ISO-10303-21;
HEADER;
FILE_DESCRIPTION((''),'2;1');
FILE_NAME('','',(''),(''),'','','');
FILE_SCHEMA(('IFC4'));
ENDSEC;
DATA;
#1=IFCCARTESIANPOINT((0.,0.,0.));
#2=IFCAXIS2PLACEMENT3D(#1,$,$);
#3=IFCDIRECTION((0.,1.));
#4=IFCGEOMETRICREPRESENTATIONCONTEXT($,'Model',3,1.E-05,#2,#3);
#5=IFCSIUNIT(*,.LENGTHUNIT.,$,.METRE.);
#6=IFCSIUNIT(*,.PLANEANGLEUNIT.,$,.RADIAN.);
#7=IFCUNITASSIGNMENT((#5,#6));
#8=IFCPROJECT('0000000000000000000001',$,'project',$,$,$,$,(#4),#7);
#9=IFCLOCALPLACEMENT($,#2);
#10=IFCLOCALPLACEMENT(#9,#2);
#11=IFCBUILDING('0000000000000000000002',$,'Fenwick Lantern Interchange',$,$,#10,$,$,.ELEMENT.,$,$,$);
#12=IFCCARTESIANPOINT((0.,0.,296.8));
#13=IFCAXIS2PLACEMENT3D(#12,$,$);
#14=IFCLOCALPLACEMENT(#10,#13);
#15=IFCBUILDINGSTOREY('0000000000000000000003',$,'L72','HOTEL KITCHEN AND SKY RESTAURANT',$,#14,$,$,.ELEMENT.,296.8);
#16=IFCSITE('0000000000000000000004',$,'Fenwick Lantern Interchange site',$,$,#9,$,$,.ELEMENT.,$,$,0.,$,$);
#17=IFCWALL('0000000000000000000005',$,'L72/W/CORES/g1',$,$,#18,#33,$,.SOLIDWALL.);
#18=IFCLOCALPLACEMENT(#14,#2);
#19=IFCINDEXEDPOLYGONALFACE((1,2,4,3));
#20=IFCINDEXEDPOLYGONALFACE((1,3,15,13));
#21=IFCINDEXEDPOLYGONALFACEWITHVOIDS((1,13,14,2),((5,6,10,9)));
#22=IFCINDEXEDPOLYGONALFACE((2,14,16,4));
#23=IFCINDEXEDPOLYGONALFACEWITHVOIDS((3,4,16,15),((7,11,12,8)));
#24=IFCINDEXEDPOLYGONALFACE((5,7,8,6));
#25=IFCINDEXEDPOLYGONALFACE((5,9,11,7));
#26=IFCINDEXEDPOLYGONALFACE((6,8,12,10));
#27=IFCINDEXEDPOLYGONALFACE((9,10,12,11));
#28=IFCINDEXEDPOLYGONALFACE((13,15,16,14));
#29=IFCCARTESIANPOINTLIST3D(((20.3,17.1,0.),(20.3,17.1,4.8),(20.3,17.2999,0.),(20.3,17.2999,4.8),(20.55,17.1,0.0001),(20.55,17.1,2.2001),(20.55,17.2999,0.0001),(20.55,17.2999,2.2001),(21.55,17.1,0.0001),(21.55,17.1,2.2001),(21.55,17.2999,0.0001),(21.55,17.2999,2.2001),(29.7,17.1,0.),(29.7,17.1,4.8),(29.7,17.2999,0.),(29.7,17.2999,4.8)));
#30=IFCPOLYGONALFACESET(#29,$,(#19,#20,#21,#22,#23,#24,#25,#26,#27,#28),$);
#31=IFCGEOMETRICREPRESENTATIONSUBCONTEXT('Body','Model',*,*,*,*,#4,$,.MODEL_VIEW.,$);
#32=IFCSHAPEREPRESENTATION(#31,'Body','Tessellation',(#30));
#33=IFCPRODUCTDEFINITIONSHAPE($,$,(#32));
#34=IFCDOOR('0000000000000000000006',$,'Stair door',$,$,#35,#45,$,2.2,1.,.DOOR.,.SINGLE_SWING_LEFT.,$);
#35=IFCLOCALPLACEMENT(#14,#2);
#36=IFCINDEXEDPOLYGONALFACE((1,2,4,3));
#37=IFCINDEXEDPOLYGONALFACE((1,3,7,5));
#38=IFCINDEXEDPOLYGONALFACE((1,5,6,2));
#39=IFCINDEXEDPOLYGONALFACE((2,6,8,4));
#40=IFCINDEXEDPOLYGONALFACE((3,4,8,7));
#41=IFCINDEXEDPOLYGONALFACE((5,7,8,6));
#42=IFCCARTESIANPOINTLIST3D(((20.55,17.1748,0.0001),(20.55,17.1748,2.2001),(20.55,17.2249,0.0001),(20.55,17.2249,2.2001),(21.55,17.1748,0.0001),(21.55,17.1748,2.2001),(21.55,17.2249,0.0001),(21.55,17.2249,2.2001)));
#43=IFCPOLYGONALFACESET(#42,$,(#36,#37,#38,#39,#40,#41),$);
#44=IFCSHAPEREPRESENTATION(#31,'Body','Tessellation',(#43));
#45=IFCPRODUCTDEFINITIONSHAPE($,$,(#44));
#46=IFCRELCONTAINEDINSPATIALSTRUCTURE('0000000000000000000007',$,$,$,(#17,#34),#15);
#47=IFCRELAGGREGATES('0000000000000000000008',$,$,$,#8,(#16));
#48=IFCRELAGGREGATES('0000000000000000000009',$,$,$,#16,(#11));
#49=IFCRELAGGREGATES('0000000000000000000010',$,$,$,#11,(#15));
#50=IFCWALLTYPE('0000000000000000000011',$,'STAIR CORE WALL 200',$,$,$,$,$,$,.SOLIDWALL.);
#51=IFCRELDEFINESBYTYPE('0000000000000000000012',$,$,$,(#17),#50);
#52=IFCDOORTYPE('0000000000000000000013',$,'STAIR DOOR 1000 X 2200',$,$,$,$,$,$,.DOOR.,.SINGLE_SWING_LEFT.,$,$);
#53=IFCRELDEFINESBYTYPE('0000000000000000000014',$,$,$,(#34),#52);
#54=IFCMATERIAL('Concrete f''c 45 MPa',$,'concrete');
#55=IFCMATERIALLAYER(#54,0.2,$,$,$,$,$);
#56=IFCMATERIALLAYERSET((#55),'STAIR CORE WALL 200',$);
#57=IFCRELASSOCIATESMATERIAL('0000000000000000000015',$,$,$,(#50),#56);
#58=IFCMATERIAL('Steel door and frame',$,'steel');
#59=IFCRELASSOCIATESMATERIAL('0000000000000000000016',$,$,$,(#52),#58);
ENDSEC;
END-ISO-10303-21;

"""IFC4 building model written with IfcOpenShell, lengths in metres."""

from ifc_helpers import new_model, si_unit, direction, frame, frame_2d, origin, place, context, subcontext, project, spatial, rectangle, extrude, material, layer, layer_set, type_object, element, fill, save


model = new_model("IFC4")

# Units and contexts
model_context = context("Model", 3, precision=1e-05, world=origin(), true_north=direction((0.0, 1.0)))
body_context = subcontext(model_context, "Body", "Model", "MODEL_VIEW")
ifc_project = project(units=[si_unit("LENGTHUNIT", "METRE"), si_unit("PLANEANGLEUNIT", "RADIAN")], contexts=[model_context])

# Site, building, storey
site_placement = place(None, origin())
site = spatial("IfcSite", under=ifc_project, at=site_placement, Name="Fenwick Lantern Interchange site", CompositionType="ELEMENT", RefElevation=0.0)
building_placement = place(site_placement, origin())
building = spatial("IfcBuilding", under=site, at=building_placement, Name="Fenwick Lantern Interchange", CompositionType="ELEMENT")
storey_placement = place(building_placement, frame((0.0, 0.0, 296.8)))
storey = spatial("IfcBuildingStorey", under=building, at=storey_placement, Name="L72", Description="HOTEL KITCHEN AND SKY RESTAURANT", CompositionType="ELEMENT", Elevation=296.8)

# Shared definitions
ifc_material_1 = material(Name="Steel door and frame", Category="steel")

# Shared definitions
ifc_material_2 = material(Name="Concrete f'c 45 MPa", Category="concrete")
ifc_layer_1 = layer(ifc_material_2, 0.2)
ifc_layer_set_1 = layer_set([ifc_layer_1], Name="STAIR CORE WALL 200")
wall_type_1 = type_object("IfcWallType", Name="STAIR CORE WALL 200", PredefinedType="SOLIDWALL", material=ifc_layer_set_1)

# Wall, opening, door
wall_1_placement = place(storey_placement, frame((20.3, 17.2, 0.0), z_axis=(0.0, 0.0, 1.0), x_axis=(1.0, 0.0, 0.0)))
wall_1 = element("IfcWall", 1, at=wall_1_placement, inside=storey, type_object=wall_type_1, Name="L72/W/CORES/g1", PredefinedType="SOLIDWALL", context=body_context, shape_type="SweptSolid", body=[
    extrude(rectangle(XDim=9.3999, YDim=0.2, at=frame_2d((4.7, 0.0))), origin(), (0.0, 0.0, 1.0), 4.8),
])
opening_1_placement = place(wall_1_placement, frame((0.25, 0.0, 0.0)))
opening_1 = element("IfcOpeningElement", 2, at=opening_1_placement, cuts=wall_1, PredefinedType="OPENING", context=body_context, shape_type="SweptSolid", body=[
    extrude(rectangle(XDim=1.0, YDim=2.2, at=frame_2d((0.5, 1.1001))), frame((0.0, 0.1099, 0.0), z_axis=(0.0, -1.0, 0.0), x_axis=(1.0, 0.0, 0.0)), (0.0, 0.0, 1.0), 0.22),
])
door_type_1 = type_object("IfcDoorType", Name="STAIR DOOR 1000 X 2200", OperationType="SINGLE_SWING_LEFT", PredefinedType="DOOR", material=ifc_material_1)
door_1_placement = place(opening_1_placement, origin())
door_1 = element("IfcDoor", 3, at=door_1_placement, inside=storey, type_object=door_type_1, Name="Stair door", OperationType="SINGLE_SWING_LEFT", OverallHeight=2.2, OverallWidth=1.0, PredefinedType="DOOR", context=body_context, shape_type="SweptSolid", body=[
    extrude(rectangle(XDim=1.0, YDim=2.2, at=frame_2d((0.5, 1.1001))), frame((0.0, 0.0249, 0.0), z_axis=(0.0, -1.0, 0.0), x_axis=(1.0, 0.0, 0.0)), (0.0, 0.0, 1.0), 0.05),
])
fill(opening_1, door_1)

save(model, "model.ifc")
